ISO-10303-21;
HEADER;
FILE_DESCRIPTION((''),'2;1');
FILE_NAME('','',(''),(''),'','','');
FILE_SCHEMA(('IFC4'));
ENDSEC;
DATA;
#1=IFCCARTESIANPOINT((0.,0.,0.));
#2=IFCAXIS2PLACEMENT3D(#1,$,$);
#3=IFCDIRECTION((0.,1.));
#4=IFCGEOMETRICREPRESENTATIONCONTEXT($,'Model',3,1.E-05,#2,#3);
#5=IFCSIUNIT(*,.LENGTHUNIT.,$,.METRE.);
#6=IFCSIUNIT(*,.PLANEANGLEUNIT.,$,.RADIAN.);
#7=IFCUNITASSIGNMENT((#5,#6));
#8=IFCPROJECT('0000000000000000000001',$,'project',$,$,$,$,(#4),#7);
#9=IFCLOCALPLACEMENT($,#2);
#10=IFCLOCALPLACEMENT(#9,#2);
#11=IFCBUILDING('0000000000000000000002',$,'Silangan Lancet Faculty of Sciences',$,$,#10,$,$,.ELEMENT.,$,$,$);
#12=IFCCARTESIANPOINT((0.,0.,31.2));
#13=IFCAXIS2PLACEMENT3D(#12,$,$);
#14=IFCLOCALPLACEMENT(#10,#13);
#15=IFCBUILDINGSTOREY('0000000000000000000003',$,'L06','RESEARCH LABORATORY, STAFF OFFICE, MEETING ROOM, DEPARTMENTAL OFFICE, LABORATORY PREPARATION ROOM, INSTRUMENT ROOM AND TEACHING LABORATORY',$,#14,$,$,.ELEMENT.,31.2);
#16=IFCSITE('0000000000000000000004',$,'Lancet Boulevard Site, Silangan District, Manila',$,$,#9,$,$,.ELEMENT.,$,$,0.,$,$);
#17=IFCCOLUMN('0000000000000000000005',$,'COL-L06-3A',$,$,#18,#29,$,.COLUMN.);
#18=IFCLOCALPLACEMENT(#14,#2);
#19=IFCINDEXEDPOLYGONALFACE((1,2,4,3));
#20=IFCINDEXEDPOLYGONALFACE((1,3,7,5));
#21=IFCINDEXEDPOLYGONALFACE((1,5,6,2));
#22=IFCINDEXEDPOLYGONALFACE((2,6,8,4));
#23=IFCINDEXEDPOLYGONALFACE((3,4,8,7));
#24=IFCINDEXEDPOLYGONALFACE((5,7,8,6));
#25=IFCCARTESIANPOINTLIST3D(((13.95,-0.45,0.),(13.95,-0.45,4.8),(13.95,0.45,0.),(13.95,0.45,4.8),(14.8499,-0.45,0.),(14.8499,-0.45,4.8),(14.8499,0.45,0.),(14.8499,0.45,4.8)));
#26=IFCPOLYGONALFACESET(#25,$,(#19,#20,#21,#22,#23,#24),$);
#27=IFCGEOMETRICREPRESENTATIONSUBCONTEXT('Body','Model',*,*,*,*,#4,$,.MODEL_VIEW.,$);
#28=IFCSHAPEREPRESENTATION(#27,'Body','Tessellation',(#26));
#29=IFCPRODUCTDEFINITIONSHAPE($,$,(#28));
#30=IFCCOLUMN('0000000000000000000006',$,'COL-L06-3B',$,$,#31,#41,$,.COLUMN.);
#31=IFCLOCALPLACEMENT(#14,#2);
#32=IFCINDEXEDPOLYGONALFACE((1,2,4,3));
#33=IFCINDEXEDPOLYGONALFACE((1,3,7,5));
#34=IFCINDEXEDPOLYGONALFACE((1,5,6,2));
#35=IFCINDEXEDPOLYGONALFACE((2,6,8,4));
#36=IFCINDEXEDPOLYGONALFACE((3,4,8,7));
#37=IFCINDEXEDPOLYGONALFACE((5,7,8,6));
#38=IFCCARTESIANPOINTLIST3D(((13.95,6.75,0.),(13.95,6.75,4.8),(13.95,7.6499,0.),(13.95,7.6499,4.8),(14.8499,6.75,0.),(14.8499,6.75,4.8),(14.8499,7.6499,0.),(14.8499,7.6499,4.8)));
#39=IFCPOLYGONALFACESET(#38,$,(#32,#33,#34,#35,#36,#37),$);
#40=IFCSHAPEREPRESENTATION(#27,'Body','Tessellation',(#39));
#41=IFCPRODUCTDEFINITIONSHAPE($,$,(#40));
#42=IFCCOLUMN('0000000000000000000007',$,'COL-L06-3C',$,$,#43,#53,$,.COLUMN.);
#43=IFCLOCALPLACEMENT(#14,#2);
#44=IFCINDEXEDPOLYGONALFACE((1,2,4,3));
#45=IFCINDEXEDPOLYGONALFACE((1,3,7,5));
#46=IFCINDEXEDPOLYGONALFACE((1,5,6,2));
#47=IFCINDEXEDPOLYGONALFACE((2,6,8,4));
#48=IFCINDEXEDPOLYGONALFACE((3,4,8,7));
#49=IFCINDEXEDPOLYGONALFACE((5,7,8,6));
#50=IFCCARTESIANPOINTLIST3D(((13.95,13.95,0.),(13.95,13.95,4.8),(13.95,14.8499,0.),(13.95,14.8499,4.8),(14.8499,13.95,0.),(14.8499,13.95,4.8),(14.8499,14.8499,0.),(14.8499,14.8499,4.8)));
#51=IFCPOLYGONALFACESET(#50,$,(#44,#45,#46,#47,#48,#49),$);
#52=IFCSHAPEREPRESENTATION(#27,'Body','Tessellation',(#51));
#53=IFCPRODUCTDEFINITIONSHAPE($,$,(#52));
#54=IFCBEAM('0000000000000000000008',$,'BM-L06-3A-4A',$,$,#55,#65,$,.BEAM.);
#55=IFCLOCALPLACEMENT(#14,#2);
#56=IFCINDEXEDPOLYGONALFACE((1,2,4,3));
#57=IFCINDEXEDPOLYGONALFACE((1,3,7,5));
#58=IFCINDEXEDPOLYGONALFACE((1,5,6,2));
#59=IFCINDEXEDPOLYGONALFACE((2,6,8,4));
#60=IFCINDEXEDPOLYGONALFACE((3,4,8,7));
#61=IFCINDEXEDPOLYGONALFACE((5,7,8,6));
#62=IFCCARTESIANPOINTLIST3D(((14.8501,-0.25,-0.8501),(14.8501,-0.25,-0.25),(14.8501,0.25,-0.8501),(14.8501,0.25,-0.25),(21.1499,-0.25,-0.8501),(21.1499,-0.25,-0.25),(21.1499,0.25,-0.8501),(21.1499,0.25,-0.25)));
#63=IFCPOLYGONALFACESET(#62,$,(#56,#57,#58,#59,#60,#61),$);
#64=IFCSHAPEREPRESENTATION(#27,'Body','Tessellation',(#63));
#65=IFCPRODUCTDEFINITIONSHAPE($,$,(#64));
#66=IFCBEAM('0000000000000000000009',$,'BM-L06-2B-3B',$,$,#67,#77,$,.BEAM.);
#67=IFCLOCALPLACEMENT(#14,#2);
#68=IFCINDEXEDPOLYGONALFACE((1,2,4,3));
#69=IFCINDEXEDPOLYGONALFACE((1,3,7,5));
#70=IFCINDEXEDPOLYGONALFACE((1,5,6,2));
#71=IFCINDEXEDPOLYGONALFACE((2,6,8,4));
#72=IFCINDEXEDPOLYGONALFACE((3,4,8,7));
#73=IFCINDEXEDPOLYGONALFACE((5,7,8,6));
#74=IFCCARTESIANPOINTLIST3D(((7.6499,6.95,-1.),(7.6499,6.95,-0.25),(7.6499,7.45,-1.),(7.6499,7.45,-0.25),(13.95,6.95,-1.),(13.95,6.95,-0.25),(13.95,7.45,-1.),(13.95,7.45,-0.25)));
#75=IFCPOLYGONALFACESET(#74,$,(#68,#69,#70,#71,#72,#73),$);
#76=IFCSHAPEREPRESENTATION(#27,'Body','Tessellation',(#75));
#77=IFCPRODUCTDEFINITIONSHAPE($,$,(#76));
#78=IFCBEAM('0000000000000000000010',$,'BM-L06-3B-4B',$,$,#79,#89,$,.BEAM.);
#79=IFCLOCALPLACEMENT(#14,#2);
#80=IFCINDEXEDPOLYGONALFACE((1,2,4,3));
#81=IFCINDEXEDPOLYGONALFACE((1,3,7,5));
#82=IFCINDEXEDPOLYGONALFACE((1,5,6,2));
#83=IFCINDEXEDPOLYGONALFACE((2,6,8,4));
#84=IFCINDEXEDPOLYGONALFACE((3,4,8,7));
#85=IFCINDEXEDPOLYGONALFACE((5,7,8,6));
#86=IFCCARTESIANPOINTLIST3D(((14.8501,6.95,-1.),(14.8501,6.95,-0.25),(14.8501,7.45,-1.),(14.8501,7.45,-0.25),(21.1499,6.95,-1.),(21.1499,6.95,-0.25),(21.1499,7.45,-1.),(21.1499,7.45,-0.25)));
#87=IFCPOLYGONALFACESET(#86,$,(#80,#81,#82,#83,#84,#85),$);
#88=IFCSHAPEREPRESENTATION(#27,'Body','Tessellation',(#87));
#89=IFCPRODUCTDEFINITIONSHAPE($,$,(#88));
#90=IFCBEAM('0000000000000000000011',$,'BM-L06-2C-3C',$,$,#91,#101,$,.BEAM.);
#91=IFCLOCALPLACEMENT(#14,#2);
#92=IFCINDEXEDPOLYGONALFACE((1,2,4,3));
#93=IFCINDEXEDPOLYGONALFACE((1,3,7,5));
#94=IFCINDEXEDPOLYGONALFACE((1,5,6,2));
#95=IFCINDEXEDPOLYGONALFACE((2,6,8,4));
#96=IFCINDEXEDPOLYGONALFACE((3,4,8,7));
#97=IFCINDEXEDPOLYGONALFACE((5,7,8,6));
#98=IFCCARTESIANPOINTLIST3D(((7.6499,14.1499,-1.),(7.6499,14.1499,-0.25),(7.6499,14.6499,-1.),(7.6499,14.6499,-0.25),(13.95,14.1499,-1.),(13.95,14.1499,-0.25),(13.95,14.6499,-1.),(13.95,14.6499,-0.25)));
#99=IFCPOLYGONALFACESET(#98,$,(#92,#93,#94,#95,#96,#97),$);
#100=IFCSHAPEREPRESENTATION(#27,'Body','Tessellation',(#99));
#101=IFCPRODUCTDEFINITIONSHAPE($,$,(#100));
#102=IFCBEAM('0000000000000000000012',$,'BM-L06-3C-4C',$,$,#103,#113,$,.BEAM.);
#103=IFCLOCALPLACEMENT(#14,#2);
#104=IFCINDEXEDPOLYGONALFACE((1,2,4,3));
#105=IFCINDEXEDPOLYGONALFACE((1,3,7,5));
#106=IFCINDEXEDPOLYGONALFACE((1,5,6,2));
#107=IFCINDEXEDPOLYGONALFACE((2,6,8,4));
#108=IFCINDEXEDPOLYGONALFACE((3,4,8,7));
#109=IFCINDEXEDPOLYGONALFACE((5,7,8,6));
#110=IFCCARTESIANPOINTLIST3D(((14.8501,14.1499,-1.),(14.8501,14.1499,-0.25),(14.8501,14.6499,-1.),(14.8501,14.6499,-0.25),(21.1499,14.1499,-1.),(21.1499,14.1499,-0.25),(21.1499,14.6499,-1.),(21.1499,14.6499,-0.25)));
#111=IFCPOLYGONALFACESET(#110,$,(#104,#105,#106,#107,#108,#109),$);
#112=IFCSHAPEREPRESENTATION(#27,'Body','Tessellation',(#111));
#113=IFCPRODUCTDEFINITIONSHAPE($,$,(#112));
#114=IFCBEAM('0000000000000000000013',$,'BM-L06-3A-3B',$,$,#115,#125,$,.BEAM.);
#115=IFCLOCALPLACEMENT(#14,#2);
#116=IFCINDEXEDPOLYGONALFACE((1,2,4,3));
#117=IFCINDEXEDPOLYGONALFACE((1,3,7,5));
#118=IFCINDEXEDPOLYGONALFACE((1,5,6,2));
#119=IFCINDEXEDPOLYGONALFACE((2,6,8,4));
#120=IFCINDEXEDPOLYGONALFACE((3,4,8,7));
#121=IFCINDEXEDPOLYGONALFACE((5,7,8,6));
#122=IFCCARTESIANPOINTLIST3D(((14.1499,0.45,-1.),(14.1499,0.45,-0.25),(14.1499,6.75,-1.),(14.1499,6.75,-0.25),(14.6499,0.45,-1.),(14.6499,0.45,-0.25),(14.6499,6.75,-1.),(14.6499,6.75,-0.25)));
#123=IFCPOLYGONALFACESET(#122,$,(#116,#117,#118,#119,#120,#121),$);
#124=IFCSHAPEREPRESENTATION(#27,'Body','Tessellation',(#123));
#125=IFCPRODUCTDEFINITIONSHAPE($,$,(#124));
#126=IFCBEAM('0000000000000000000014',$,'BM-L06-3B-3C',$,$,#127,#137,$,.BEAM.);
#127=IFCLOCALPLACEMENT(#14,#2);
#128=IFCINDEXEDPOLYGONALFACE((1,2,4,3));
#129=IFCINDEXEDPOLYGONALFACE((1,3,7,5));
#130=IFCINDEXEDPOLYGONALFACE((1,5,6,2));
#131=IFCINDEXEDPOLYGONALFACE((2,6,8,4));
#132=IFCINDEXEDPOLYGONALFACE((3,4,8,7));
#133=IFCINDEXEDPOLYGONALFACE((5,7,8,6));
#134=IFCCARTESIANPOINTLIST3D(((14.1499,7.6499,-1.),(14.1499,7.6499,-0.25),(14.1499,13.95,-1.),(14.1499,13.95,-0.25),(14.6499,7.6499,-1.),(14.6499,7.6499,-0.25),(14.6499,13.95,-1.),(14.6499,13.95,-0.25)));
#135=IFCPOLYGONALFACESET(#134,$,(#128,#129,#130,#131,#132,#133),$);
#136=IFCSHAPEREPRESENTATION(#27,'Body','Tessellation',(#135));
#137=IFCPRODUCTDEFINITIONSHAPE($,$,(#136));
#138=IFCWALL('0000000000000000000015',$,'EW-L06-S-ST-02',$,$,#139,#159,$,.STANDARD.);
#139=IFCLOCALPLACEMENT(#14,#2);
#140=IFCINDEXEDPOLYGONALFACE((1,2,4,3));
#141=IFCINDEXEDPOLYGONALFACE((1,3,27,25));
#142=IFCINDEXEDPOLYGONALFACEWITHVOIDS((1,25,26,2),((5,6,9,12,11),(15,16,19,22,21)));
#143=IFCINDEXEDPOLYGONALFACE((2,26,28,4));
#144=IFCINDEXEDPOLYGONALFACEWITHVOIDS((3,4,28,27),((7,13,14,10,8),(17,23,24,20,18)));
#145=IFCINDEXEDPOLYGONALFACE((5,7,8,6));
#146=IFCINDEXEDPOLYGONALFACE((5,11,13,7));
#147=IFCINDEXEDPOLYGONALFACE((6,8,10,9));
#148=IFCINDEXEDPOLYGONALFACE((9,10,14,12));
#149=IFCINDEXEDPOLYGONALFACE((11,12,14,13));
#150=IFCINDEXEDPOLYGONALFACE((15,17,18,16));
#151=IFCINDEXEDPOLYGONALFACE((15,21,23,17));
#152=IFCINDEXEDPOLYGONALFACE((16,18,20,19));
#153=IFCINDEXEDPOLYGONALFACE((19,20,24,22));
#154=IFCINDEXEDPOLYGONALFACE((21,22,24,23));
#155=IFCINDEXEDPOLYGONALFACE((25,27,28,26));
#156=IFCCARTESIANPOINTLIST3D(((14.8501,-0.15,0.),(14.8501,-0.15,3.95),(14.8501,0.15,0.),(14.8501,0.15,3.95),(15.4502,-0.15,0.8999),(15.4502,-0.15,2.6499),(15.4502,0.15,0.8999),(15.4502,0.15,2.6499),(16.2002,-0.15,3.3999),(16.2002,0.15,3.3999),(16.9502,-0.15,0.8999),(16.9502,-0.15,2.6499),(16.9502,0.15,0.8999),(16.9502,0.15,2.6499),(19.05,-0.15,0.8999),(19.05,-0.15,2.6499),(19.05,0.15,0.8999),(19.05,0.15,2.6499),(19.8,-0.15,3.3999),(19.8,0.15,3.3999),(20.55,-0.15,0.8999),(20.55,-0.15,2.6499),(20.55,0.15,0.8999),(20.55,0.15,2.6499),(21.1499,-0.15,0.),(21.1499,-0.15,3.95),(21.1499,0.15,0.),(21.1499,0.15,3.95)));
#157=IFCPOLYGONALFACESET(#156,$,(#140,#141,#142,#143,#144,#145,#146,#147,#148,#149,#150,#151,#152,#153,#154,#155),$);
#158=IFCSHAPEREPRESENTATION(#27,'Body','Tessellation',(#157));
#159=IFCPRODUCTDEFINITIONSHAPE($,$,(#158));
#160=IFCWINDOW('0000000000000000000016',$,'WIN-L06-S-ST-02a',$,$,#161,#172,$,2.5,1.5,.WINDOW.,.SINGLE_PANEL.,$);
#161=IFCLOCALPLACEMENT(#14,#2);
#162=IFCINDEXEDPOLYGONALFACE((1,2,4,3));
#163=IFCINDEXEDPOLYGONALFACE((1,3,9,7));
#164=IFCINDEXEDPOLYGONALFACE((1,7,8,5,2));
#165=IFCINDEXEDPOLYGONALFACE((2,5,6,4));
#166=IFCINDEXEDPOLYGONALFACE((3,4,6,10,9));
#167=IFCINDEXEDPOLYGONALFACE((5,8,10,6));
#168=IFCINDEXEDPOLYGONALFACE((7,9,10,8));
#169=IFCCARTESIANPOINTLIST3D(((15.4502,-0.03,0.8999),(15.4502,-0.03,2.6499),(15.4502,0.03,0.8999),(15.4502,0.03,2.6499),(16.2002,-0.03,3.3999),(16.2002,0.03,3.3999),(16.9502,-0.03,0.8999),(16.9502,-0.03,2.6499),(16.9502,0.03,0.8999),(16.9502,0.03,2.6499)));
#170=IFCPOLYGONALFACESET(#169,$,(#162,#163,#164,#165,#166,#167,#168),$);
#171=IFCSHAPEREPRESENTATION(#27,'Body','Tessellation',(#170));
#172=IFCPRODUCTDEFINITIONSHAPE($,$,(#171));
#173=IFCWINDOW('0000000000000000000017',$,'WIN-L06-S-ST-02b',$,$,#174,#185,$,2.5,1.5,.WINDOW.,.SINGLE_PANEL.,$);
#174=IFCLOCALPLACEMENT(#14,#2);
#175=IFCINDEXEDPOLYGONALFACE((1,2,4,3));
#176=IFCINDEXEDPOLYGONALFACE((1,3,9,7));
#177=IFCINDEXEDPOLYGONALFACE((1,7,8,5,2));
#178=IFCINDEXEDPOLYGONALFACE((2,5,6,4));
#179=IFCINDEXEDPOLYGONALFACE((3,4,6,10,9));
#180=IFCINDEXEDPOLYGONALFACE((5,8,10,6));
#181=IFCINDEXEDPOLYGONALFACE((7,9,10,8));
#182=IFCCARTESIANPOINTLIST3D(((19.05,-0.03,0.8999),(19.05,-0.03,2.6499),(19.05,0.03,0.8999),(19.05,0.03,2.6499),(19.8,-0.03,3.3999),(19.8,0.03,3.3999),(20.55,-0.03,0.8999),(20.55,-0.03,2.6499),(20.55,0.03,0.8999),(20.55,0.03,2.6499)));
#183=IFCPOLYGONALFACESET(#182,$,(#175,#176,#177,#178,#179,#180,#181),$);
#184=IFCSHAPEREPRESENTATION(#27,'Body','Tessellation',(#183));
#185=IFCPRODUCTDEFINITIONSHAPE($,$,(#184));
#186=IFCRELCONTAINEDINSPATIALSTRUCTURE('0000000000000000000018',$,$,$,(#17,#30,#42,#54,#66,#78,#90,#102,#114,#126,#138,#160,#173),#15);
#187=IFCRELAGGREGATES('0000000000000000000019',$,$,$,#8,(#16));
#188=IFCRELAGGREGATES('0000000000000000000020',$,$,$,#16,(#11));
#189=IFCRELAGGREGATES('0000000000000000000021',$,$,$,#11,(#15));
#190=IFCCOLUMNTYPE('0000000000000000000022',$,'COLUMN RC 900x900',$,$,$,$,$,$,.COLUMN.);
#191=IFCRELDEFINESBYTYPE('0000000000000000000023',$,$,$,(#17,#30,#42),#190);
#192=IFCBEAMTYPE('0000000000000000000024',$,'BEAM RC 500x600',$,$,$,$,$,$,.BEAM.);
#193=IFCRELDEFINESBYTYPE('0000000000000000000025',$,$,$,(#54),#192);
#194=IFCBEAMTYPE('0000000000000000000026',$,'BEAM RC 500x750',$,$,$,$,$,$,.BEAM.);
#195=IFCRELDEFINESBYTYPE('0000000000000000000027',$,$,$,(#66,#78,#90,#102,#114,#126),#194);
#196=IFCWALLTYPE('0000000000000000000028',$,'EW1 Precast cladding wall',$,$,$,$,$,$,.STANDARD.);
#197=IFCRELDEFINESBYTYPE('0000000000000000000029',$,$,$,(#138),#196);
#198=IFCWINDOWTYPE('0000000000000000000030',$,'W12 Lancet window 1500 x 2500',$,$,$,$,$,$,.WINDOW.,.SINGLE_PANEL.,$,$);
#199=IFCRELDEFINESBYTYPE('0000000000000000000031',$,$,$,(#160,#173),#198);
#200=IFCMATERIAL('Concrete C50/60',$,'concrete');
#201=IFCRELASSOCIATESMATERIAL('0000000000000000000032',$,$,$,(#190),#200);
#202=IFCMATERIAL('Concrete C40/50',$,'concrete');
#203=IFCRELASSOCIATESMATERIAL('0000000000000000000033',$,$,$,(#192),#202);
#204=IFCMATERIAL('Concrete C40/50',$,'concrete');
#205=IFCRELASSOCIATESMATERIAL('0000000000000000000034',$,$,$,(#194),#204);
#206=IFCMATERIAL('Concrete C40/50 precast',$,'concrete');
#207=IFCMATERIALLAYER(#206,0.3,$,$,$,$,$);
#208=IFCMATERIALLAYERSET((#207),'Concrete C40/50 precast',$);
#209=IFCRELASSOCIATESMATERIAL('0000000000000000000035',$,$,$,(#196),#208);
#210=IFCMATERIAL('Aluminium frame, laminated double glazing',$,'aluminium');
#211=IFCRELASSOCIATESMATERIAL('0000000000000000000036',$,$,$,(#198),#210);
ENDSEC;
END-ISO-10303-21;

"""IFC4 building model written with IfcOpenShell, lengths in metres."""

from ifc_helpers import new_model, si_unit, direction, frame, frame_2d, origin, origin_2d, place, context, subcontext, project, spatial, polyline, rectangle, outline, extrude, material, layer, layer_set, material_profile, profile_set, type_object, element, fill, save


model = new_model("IFC4")

# Units and contexts
model_context = context("Model", 3, precision=1e-05, world=origin(), true_north=direction((0.0, 1.0)))
body_context = subcontext(model_context, "Body", "Model", "MODEL_VIEW")
ifc_project = project(units=[si_unit("LENGTHUNIT", "METRE"), si_unit("PLANEANGLEUNIT", "RADIAN")], contexts=[model_context])

# Site, building, storey
site_placement = place(None, origin())
site = spatial("IfcSite", under=ifc_project, at=site_placement, Name="Lancet Boulevard Site, Silangan District, Manila", CompositionType="ELEMENT", RefElevation=0.0)
building_placement = place(site_placement, origin())
building = spatial("IfcBuilding", under=site, at=building_placement, Name="Silangan Lancet Faculty of Sciences", CompositionType="ELEMENT")
storey_placement = place(building_placement, frame((0.0, 0.0, 31.2)))
storey = spatial("IfcBuildingStorey", under=building, at=storey_placement, Name="L06", Description="RESEARCH LABORATORY, STAFF OFFICE, MEETING ROOM, DEPARTMENTAL OFFICE, LABORATORY PREPARATION ROOM, INSTRUMENT ROOM AND TEACHING LABORATORY", CompositionType="ELEMENT", Elevation=31.2)

# Columns
ifc_material_1 = material(Name="Concrete C50/60", Category="concrete")
ifc_material_profile_1 = material_profile(ifc_material_1, rectangle(XDim=0.8999, YDim=0.8999, at=origin_2d()), Name="RC 900x900")
ifc_profile_set_1 = profile_set([ifc_material_profile_1], Name="Concrete C50/60")
column_type = type_object("IfcColumnType", Name="COLUMN RC 900x900", PredefinedType="COLUMN", material=ifc_profile_set_1)
for number, where, z_axis, x_axis, name in (
    (1, (14.3999, 0.0, 0.0), (0.0, 0.0, 1.0), (1.0, 0.0, 0.0), "COL-L06-3A"),
    (2, (14.3999, 7.2, 0.0), (0.0, 0.0, 1.0), (1.0, 0.0, 0.0), "COL-L06-3B"),
    (3, (14.3999, 14.3999, 0.0), (0.0, 0.0, 1.0), (1.0, 0.0, 0.0), "COL-L06-3C"),
):
    element("IfcColumn", number, at=place(storey_placement, frame(where, z_axis=z_axis, x_axis=x_axis)), inside=storey, type_object=column_type, Name=name, PredefinedType="COLUMN", context=body_context, shape_type="SweptSolid", body=[
        extrude(rectangle(XDim=0.8999, YDim=0.8999, at=origin_2d()), origin(), (0.0, 0.0, 1.0), 4.8),
    ])

# Beams
ifc_material_2 = material(Name="Concrete C40/50", Category="concrete")
ifc_material_profile_2 = material_profile(ifc_material_2, rectangle(XDim=0.5, YDim=0.6001, at=origin_2d()), Name="RC 500x600")
ifc_profile_set_2 = profile_set([ifc_material_profile_2], Name="Concrete C40/50")
beam_type_1 = type_object("IfcBeamType", Name="BEAM RC 500x600", PredefinedType="BEAM", material=ifc_profile_set_2)
beam_1_placement = place(storey_placement, frame((14.8501, 0.0, -0.55), z_axis=(1.0, 0.0, 0.0), x_axis=(0.0, 1.0, 0.0)))
element("IfcBeam", 4, at=beam_1_placement, inside=storey, type_object=beam_type_1, Name="BM-L06-3A-4A", PredefinedType="BEAM", context=body_context, shape_type="SweptSolid", body=[
    extrude(rectangle(XDim=0.5, YDim=0.6001, at=origin_2d()), origin(), (0.0, 0.0, 1.0), 6.2998),
])
ifc_material_3 = material(Name="Concrete C40/50", Category="concrete")
ifc_material_profile_3 = material_profile(ifc_material_3, rectangle(XDim=0.5, YDim=0.75, at=origin_2d()), Name="RC 500x750")
ifc_profile_set_3 = profile_set([ifc_material_profile_3], Name="Concrete C40/50")
beam_type_2 = type_object("IfcBeamType", Name="BEAM RC 500x750", PredefinedType="BEAM", material=ifc_profile_set_3)
beam_2_placement = place(storey_placement, frame((7.6499, 7.2, -0.625), z_axis=(1.0, 0.0, 0.0), x_axis=(0.0, 1.0, 0.0)))
element("IfcBeam", 5, at=beam_2_placement, inside=storey, type_object=beam_type_2, Name="BM-L06-2B-3B", PredefinedType="BEAM", context=body_context, shape_type="SweptSolid", body=[
    extrude(rectangle(XDim=0.5, YDim=0.75, at=origin_2d()), origin(), (0.0, 0.0, 1.0), 6.3),
])
beam_3_placement = place(storey_placement, frame((14.8501, 7.2, -0.625), z_axis=(1.0, 0.0, 0.0), x_axis=(0.0, 1.0, 0.0)))
element("IfcBeam", 6, at=beam_3_placement, inside=storey, type_object=beam_type_2, Name="BM-L06-3B-4B", PredefinedType="BEAM", context=body_context, shape_type="SweptSolid", body=[
    extrude(rectangle(XDim=0.5, YDim=0.75, at=origin_2d()), origin(), (0.0, 0.0, 1.0), 6.2998),
])
beam_4_placement = place(storey_placement, frame((7.6499, 14.3999, -0.625), z_axis=(1.0, 0.0, 0.0), x_axis=(0.0, 1.0, 0.0)))
element("IfcBeam", 7, at=beam_4_placement, inside=storey, type_object=beam_type_2, Name="BM-L06-2C-3C", PredefinedType="BEAM", context=body_context, shape_type="SweptSolid", body=[
    extrude(rectangle(XDim=0.5, YDim=0.75, at=origin_2d()), origin(), (0.0, 0.0, 1.0), 6.3),
])
beam_5_placement = place(storey_placement, frame((14.8501, 14.3999, -0.625), z_axis=(1.0, 0.0, 0.0), x_axis=(0.0, 1.0, 0.0)))
element("IfcBeam", 8, at=beam_5_placement, inside=storey, type_object=beam_type_2, Name="BM-L06-3C-4C", PredefinedType="BEAM", context=body_context, shape_type="SweptSolid", body=[
    extrude(rectangle(XDim=0.5, YDim=0.75, at=origin_2d()), origin(), (0.0, 0.0, 1.0), 6.2998),
])
for number, where, z_axis, x_axis, name in (
    (9, (14.3999, 0.45, -0.625), (0.0, 1.0, 0.0), (-1.0, 0.0, 0.0), "BM-L06-3A-3B"),
    (10, (14.3999, 7.6499, -0.625), (0.0, 1.0, 0.0), (-1.0, 0.0, 0.0), "BM-L06-3B-3C"),
):
    element("IfcBeam", number, at=place(storey_placement, frame(where, z_axis=z_axis, x_axis=x_axis)), inside=storey, type_object=beam_type_2, Name=name, PredefinedType="BEAM", context=body_context, shape_type="SweptSolid", body=[
        extrude(rectangle(XDim=0.5, YDim=0.75, at=origin_2d()), origin(), (0.0, 0.0, 1.0), 6.3),
    ])

# Wall, openings, windows
ifc_material_4 = material(Name="Concrete C40/50 precast", Category="concrete")
ifc_layer_1 = layer(ifc_material_4, 0.3)
ifc_layer_set_1 = layer_set([ifc_layer_1], Name="Concrete C40/50 precast")
wall_type_1 = type_object("IfcWallType", Name="EW1 Precast cladding wall", PredefinedType="STANDARD", material=ifc_layer_set_1)
wall_1_placement = place(storey_placement, frame((14.8501, 0.0, 0.0), z_axis=(0.0, 0.0, 1.0), x_axis=(1.0, 0.0, 0.0)))
wall_1 = element("IfcWall", 11, at=wall_1_placement, inside=storey, type_object=wall_type_1, Name="EW-L06-S-ST-02", PredefinedType="STANDARD", context=body_context, shape_type="SweptSolid", body=[
    extrude(rectangle(XDim=6.2998, YDim=0.3, at=frame_2d((3.1499, 0.0))), origin(), (0.0, 0.0, 1.0), 3.95),
])
opening_1_placement = place(wall_1_placement, frame((0.6001, 0.0, 0.8999)))
opening_1 = element("IfcOpeningElement", 12, at=opening_1_placement, cuts=wall_1, PredefinedType="OPENING", context=body_context, shape_type="SweptSolid", body=[
    extrude(outline(polyline([(0.0, 0.0), (1.5, 0.0), (1.5, 1.75), (0.75, 2.5), (0.0, 1.75), (0.0, 0.0)])), frame((0.0, 0.1599, 0.0), z_axis=(0.0, -1.0, 0.0), x_axis=(1.0, 0.0, 0.0)), (0.0, 0.0, 1.0), 0.3201),
])
opening_2_placement = place(wall_1_placement, frame((4.2, 0.0, 0.8999)))
opening_2 = element("IfcOpeningElement", 13, at=opening_2_placement, cuts=wall_1, PredefinedType="OPENING", context=body_context, shape_type="SweptSolid", body=[
    extrude(outline(polyline([(0.0, 0.0), (1.5, 0.0), (1.5, 1.75), (0.75, 2.5), (0.0, 1.75), (0.0, 0.0)])), frame((0.0, 0.1599, 0.0), z_axis=(0.0, -1.0, 0.0), x_axis=(1.0, 0.0, 0.0)), (0.0, 0.0, 1.0), 0.3201),
])
ifc_material_5 = material(Name="Aluminium frame, laminated double glazing", Category="aluminium")
window_type = type_object("IfcWindowType", Name="W12 Lancet window 1500 x 2500", PartitioningType="SINGLE_PANEL", PredefinedType="WINDOW", material=ifc_material_5)
window_1_placement = place(opening_1_placement, origin())
window_1 = element("IfcWindow", 14, at=window_1_placement, inside=storey, type_object=window_type, Name="WIN-L06-S-ST-02a", OverallHeight=2.5, OverallWidth=1.5, PartitioningType="SINGLE_PANEL", PredefinedType="WINDOW", context=body_context, shape_type="SweptSolid", body=[
    extrude(outline(polyline([(0.0, 0.0), (1.5, 0.0), (1.5, 1.75), (0.75, 2.5), (0.0, 1.75), (0.0, 0.0)])), frame((0.0, 0.03, 0.0), z_axis=(0.0, -1.0, 0.0), x_axis=(1.0, 0.0, 0.0)), (0.0, 0.0, 1.0), 0.0601),
])
fill(opening_1, window_1)
window_2_placement = place(opening_2_placement, origin())
window_2 = element("IfcWindow", 15, at=window_2_placement, inside=storey, type_object=window_type, Name="WIN-L06-S-ST-02b", OverallHeight=2.5, OverallWidth=1.5, PartitioningType="SINGLE_PANEL", PredefinedType="WINDOW", context=body_context, shape_type="SweptSolid", body=[
    extrude(outline(polyline([(0.0, 0.0), (1.5, 0.0), (1.5, 1.75), (0.75, 2.5), (0.0, 1.75), (0.0, 0.0)])), frame((0.0, 0.03, 0.0), z_axis=(0.0, -1.0, 0.0), x_axis=(1.0, 0.0, 0.0)), (0.0, 0.0, 1.0), 0.0601),
])
fill(opening_2, window_2)

save(model, "model.ifc")
